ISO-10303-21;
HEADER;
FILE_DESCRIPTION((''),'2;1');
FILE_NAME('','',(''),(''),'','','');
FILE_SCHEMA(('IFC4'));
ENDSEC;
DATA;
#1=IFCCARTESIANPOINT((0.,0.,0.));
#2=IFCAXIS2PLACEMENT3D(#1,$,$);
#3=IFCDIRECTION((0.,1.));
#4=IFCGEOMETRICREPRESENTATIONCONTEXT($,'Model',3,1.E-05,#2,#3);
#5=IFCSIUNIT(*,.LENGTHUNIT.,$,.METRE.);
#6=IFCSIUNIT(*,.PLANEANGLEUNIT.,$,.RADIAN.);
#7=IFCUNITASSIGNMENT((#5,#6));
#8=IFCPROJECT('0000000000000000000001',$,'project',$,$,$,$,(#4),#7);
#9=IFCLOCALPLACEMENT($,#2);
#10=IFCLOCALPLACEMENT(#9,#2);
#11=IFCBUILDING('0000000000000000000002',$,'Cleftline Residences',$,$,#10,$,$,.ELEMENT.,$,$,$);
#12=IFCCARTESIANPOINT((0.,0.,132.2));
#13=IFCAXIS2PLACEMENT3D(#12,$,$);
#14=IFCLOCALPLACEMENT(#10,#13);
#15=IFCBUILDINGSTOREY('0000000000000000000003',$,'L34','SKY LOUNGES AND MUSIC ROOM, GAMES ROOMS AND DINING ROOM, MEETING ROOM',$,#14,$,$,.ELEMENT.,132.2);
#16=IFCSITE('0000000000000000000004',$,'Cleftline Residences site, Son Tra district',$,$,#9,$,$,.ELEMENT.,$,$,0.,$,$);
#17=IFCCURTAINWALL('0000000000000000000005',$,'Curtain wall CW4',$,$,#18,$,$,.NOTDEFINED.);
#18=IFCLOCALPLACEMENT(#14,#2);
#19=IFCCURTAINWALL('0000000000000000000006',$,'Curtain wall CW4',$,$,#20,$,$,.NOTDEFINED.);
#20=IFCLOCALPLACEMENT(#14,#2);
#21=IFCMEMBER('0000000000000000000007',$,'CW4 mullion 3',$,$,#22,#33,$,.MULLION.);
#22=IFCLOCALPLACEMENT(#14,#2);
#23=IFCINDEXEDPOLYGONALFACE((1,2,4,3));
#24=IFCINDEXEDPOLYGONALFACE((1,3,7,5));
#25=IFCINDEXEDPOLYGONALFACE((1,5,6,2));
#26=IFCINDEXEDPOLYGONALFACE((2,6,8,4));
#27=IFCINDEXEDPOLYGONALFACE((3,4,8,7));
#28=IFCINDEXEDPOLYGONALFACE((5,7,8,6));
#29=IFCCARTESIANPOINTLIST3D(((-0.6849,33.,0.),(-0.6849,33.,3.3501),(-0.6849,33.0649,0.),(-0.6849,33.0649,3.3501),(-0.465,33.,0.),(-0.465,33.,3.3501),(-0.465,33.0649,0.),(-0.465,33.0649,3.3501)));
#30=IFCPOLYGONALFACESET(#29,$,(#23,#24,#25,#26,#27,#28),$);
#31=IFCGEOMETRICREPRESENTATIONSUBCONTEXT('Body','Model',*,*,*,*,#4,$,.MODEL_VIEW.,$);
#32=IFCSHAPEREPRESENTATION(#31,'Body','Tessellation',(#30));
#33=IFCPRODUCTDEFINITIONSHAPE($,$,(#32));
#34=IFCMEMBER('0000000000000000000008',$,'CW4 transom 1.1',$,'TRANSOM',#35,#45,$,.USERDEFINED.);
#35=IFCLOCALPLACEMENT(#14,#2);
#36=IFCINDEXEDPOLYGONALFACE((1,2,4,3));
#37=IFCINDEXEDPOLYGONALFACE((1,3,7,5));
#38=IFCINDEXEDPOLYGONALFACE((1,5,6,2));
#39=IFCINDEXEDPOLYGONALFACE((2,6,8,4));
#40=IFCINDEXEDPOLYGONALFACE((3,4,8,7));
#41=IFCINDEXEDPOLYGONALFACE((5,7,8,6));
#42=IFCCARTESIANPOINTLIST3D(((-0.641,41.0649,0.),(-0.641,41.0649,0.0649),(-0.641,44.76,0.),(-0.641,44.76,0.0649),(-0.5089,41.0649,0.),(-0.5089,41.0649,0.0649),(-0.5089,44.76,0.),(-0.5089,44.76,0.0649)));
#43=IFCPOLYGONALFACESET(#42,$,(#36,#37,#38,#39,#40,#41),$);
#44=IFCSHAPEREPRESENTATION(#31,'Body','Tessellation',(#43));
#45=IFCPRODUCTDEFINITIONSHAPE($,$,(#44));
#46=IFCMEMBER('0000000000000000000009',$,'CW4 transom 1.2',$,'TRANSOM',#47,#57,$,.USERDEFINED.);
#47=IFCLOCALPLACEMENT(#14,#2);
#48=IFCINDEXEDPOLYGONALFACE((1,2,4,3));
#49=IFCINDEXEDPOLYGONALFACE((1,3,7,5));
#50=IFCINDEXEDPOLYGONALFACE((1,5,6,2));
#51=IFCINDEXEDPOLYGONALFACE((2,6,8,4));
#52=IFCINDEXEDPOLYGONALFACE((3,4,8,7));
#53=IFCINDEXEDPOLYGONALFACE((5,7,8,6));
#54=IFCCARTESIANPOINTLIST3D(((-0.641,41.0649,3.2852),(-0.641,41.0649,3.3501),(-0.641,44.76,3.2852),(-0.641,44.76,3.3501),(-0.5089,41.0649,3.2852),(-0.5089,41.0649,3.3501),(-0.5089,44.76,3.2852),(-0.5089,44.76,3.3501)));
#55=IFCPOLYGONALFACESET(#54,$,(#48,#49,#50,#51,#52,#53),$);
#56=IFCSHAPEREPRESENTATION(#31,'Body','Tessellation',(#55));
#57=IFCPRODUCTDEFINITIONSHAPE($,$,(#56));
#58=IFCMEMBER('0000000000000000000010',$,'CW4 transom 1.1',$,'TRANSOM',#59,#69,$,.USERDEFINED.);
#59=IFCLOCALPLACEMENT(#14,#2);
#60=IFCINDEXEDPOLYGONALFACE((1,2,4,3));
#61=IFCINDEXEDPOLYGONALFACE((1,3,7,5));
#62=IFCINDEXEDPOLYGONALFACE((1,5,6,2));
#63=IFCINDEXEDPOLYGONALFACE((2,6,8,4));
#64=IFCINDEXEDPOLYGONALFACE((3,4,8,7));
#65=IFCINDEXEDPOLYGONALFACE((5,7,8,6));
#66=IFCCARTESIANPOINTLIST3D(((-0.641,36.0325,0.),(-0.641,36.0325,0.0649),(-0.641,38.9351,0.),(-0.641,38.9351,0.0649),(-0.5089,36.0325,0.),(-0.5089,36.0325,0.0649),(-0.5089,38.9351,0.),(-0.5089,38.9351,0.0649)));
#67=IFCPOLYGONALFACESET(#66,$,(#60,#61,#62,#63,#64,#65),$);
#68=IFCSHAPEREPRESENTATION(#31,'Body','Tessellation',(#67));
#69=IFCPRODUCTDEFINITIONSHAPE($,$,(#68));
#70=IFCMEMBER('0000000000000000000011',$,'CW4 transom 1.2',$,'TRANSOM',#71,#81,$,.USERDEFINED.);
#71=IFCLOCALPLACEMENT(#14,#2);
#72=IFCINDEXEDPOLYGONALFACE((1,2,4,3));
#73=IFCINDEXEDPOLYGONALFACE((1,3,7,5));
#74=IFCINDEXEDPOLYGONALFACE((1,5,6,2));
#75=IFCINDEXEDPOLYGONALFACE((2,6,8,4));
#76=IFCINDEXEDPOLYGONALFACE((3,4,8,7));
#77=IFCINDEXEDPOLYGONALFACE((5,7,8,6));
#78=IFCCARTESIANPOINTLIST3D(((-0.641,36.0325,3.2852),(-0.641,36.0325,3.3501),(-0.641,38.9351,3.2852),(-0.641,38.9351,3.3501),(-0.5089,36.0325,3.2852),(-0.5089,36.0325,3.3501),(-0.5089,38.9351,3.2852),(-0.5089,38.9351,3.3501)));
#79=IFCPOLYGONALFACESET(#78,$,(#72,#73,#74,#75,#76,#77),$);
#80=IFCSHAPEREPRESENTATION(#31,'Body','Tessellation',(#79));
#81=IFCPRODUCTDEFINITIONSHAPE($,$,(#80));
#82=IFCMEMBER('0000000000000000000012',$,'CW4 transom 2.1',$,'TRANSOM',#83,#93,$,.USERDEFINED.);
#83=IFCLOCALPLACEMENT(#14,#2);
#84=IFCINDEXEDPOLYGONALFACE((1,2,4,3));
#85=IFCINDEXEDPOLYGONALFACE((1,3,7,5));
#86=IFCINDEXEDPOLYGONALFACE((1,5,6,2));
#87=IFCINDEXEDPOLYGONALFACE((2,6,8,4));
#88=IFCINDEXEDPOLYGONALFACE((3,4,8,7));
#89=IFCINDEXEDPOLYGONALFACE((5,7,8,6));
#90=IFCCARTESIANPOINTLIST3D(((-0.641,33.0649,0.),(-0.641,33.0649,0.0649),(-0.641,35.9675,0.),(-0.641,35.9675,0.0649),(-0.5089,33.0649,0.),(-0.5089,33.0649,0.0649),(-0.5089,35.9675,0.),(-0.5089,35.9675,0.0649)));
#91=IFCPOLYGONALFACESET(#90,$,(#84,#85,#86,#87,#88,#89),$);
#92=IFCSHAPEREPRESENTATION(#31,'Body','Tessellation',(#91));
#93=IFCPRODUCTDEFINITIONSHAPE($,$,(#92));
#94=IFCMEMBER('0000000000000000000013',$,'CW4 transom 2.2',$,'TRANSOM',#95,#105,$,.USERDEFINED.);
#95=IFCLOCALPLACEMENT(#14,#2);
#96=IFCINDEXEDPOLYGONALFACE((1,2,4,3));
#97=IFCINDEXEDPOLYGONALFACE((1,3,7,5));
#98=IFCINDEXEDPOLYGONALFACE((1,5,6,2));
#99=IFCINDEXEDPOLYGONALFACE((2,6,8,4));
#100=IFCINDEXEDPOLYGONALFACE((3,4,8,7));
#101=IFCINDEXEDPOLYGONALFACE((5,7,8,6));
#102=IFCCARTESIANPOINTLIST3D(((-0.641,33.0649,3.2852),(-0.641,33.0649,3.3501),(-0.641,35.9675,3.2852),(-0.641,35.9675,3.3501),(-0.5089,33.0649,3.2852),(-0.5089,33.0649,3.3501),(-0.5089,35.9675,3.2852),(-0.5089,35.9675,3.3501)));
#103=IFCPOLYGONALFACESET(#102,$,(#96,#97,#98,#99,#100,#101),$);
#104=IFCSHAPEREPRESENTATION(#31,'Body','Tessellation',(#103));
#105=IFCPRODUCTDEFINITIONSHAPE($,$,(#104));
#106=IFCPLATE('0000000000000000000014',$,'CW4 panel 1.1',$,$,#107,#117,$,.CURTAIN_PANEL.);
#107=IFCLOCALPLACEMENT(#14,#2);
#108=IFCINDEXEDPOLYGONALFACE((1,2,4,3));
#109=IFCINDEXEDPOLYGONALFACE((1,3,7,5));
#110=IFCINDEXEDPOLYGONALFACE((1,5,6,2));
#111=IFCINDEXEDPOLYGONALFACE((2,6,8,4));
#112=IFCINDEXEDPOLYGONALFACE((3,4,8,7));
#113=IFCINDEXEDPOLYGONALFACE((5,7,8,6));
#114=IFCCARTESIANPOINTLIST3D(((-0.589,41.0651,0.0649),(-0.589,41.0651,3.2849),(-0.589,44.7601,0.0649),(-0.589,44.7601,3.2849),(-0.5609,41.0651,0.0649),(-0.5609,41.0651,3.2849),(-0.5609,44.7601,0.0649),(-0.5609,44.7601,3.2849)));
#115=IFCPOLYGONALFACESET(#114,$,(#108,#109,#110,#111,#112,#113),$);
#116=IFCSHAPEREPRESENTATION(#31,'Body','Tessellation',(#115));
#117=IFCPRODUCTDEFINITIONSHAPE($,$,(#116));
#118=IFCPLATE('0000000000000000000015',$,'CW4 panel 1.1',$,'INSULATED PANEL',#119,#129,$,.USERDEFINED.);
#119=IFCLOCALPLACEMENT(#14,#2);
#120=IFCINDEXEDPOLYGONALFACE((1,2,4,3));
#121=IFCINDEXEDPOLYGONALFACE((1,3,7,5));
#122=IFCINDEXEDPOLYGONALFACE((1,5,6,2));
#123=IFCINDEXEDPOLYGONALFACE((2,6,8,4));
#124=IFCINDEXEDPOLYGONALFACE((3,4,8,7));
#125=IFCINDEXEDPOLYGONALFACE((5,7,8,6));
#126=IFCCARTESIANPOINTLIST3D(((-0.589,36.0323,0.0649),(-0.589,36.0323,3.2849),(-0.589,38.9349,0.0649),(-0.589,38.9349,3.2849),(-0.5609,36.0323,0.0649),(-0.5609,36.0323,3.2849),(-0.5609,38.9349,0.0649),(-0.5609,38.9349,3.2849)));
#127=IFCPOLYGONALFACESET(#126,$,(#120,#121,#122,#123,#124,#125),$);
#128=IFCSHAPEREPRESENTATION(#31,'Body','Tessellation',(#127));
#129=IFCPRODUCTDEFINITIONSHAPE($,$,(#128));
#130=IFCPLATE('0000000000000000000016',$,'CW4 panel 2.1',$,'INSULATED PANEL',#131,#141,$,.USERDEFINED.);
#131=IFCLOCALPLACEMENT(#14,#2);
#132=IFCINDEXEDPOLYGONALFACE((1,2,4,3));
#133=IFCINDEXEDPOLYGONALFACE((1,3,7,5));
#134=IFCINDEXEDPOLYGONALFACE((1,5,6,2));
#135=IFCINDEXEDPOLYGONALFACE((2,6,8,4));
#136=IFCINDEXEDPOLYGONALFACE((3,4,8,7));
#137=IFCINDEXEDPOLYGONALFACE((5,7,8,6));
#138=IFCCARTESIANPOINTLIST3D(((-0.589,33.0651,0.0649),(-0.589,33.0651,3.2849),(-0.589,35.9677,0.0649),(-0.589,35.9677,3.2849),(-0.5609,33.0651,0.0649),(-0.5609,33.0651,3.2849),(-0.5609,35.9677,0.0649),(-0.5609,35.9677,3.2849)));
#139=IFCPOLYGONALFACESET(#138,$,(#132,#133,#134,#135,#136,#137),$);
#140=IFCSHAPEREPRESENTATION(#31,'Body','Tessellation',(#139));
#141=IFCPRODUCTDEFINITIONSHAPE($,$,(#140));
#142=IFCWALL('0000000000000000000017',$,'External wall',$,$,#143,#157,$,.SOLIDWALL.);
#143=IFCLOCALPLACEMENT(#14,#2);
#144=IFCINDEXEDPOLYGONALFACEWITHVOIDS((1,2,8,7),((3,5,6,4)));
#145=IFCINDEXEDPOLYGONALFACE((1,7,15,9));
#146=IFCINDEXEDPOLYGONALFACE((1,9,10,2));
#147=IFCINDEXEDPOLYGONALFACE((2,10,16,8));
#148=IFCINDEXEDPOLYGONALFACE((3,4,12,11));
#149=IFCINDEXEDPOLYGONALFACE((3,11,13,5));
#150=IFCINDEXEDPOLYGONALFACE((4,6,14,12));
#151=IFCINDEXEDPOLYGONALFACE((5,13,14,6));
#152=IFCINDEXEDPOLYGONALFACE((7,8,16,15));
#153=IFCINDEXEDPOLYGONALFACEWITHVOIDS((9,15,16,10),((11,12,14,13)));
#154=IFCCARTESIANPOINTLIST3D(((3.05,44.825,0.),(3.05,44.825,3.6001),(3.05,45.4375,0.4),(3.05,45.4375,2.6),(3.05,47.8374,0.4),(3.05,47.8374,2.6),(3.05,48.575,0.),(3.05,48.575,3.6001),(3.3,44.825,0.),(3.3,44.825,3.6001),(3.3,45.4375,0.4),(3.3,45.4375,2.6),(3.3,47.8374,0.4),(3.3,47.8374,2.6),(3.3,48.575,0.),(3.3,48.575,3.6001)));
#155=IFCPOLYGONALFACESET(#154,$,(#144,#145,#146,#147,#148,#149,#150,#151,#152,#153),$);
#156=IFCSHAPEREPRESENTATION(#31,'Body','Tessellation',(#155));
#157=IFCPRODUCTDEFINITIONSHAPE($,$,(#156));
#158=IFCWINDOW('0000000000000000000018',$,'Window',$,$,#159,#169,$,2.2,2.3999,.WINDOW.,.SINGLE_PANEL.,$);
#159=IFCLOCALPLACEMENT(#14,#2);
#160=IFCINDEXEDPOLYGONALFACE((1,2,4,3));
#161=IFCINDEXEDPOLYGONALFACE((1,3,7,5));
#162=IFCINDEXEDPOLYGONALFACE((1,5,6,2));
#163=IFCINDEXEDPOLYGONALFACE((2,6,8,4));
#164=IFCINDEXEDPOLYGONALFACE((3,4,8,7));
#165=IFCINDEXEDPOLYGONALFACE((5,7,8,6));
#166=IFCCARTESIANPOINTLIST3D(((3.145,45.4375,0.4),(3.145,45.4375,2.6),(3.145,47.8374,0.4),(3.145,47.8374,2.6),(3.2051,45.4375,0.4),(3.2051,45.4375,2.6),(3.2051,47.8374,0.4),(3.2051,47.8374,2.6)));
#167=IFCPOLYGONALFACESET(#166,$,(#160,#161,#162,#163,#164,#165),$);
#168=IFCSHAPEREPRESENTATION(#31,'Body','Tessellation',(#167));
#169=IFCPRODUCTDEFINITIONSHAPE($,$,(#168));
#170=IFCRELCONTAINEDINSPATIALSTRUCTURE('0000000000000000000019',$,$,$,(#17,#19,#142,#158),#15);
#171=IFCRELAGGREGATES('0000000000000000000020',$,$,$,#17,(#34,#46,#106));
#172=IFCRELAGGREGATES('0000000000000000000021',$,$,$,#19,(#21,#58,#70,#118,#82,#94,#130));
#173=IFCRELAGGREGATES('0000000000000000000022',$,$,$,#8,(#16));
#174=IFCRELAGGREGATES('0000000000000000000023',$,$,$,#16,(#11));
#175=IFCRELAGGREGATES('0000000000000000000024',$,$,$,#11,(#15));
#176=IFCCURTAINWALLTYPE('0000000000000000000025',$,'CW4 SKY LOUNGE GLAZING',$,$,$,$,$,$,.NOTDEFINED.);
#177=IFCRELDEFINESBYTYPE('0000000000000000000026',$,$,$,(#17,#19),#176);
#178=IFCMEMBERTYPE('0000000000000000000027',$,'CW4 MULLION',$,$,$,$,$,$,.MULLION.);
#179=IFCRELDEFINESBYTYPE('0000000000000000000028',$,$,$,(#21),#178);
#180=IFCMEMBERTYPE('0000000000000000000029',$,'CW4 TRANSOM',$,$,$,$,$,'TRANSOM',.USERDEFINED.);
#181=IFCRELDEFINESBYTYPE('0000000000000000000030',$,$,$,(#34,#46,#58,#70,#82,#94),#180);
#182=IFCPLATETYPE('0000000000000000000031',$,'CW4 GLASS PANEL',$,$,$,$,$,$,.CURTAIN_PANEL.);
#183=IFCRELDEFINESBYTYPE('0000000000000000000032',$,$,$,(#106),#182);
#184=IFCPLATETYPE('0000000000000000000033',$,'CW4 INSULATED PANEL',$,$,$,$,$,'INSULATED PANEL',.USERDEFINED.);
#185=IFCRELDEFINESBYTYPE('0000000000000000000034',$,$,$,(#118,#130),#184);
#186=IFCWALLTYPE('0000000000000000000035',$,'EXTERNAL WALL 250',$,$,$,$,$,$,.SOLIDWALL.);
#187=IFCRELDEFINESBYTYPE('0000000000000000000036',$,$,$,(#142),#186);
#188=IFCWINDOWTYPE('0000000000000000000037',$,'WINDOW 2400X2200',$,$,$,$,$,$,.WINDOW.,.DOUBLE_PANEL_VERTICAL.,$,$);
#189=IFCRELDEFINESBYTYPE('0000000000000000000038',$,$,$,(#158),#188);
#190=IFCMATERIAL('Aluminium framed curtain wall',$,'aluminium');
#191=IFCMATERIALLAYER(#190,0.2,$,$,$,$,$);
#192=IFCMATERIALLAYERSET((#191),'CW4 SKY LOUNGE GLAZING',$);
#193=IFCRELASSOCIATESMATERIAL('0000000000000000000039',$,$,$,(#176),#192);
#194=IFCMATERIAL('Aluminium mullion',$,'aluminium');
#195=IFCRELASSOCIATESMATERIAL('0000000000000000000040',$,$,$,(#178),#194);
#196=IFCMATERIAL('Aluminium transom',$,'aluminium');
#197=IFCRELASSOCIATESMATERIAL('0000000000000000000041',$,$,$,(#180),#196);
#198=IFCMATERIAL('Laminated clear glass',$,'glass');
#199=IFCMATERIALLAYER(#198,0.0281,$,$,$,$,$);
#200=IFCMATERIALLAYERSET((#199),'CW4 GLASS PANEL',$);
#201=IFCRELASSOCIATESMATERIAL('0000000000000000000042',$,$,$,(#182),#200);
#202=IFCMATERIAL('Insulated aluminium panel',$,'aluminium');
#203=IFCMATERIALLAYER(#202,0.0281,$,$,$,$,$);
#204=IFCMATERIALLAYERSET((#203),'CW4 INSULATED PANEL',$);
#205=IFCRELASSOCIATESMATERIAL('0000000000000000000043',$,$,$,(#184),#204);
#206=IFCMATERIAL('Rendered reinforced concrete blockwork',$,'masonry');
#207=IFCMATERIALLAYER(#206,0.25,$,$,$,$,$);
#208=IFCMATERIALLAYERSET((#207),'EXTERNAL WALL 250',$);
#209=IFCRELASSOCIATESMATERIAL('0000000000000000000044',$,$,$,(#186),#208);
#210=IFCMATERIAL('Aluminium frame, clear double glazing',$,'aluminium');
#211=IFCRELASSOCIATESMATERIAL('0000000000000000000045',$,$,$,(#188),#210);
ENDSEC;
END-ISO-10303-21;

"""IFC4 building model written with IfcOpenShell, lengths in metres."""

from ifc_helpers import new_model, si_unit, direction, frame, frame_2d, origin, origin_2d, place, context, subcontext, project, spatial, rectangle, extrude, material, layer, layer_set, material_profile, profile_set, type_object, element, fill, aggregate, save


model = new_model("IFC4")

# Units and contexts
model_context = context("Model", 3, precision=1e-05, world=origin(), true_north=direction((0.0, 1.0)))
body_context = subcontext(model_context, "Body", "Model", "MODEL_VIEW")
ifc_project = project(units=[si_unit("LENGTHUNIT", "METRE"), si_unit("PLANEANGLEUNIT", "RADIAN")], contexts=[model_context])

# Site, building, storey
site_placement = place(None, origin())
site = spatial("IfcSite", under=ifc_project, at=site_placement, Name="Cleftline Residences site, Son Tra district", CompositionType="ELEMENT", RefElevation=0.0)
building_placement = place(site_placement, origin())
building = spatial("IfcBuilding", under=site, at=building_placement, Name="Cleftline Residences", CompositionType="ELEMENT")
storey_placement = place(building_placement, frame((0.0, 0.0, 132.2)))
storey = spatial("IfcBuildingStorey", under=building, at=storey_placement, Name="L34", Description="SKY LOUNGES AND MUSIC ROOM, GAMES ROOMS AND DINING ROOM, MEETING ROOM", CompositionType="ELEMENT", Elevation=132.2)

# Curtain walls, member
ifc_material_1 = material(Name="Aluminium framed curtain wall", Category="aluminium")
ifc_layer_1 = layer(ifc_material_1, 0.2)
ifc_layer_set_1 = layer_set([ifc_layer_1], Name="CW4 SKY LOUNGE GLAZING")
curtain_wall_type = type_object("IfcCurtainWallType", Name="CW4 SKY LOUNGE GLAZING", PredefinedType="NOTDEFINED", material=ifc_layer_set_1)
curtain_wall_1_placement = place(storey_placement, origin())
curtain_wall_1 = element("IfcCurtainWall", 1, at=curtain_wall_1_placement, inside=storey, type_object=curtain_wall_type, Name="Curtain wall CW4", PredefinedType="NOTDEFINED")
ifc_material_2 = material(Name="Aluminium mullion", Category="aluminium")
ifc_material_profile_1 = material_profile(ifc_material_2, rectangle(XDim=0.22, YDim=0.0649, at=origin_2d()))
ifc_profile_set_1 = profile_set([ifc_material_profile_1], Name="Aluminium mullion")
member_type_1 = type_object("IfcMemberType", Name="CW4 MULLION", PredefinedType="MULLION", material=ifc_profile_set_1)
curtain_wall_2_placement = place(storey_placement, origin())
curtain_wall_2 = element("IfcCurtainWall", 2, at=curtain_wall_2_placement, inside=storey, type_object=curtain_wall_type, Name="Curtain wall CW4", PredefinedType="NOTDEFINED")
member_1_placement = place(storey_placement, frame((-0.575, 33.0325, 0.0), z_axis=(0.0, 0.0, 1.0), x_axis=(1.0, 0.0, 0.0)))
member_1 = element("IfcMember", 3, at=member_1_placement, type_object=member_type_1, Name="CW4 mullion 3", PredefinedType="MULLION", context=body_context, shape_type="SweptSolid", body=[
    extrude(rectangle(XDim=0.22, YDim=0.0649, at=origin_2d()), origin(), (0.0, 0.0, 1.0), 3.3501),
])

# Members
ifc_material_3 = material(Name="Aluminium transom", Category="aluminium")
ifc_material_profile_2 = material_profile(ifc_material_3, rectangle(XDim=0.1321, YDim=0.0649, at=origin_2d()))
ifc_profile_set_2 = profile_set([ifc_material_profile_2], Name="Aluminium transom")
member_type_2 = type_object("IfcMemberType", Name="CW4 TRANSOM", ElementType="TRANSOM", PredefinedType="USERDEFINED", material=ifc_profile_set_2)
member_2_placement = place(storey_placement, frame((-0.575, 44.76, 0.0325), z_axis=(0.0, -1.0, 0.0), x_axis=(1.0, 0.0, 0.0)))
member_2 = element("IfcMember", 4, at=member_2_placement, type_object=member_type_2, Name="CW4 transom 1.1", ObjectType="TRANSOM", PredefinedType="USERDEFINED", context=body_context, shape_type="SweptSolid", body=[
    extrude(rectangle(XDim=0.1321, YDim=0.0649, at=origin_2d()), origin(), (0.0, 0.0, 1.0), 3.6951),
])
member_3_placement = place(storey_placement, frame((-0.575, 44.76, 3.3176), z_axis=(0.0, -1.0, 0.0), x_axis=(1.0, 0.0, 0.0)))
member_3 = element("IfcMember", 5, at=member_3_placement, type_object=member_type_2, Name="CW4 transom 1.2", ObjectType="TRANSOM", PredefinedType="USERDEFINED", context=body_context, shape_type="SweptSolid", body=[
    extrude(rectangle(XDim=0.1321, YDim=0.0649, at=origin_2d()), origin(), (0.0, 0.0, 1.0), 3.6951),
])
member_4_placement = place(storey_placement, frame((-0.575, 38.9351, 0.0325), z_axis=(0.0, -1.0, 0.0), x_axis=(1.0, 0.0, 0.0)))
member_4 = element("IfcMember", 6, at=member_4_placement, type_object=member_type_2, Name="CW4 transom 1.1", ObjectType="TRANSOM", PredefinedType="USERDEFINED", context=body_context, shape_type="SweptSolid", body=[
    extrude(rectangle(XDim=0.1321, YDim=0.0649, at=origin_2d()), origin(), (0.0, 0.0, 1.0), 2.9026),
])
member_5_placement = place(storey_placement, frame((-0.575, 38.9351, 3.3176), z_axis=(0.0, -1.0, 0.0), x_axis=(1.0, 0.0, 0.0)))
member_5 = element("IfcMember", 7, at=member_5_placement, type_object=member_type_2, Name="CW4 transom 1.2", ObjectType="TRANSOM", PredefinedType="USERDEFINED", context=body_context, shape_type="SweptSolid", body=[
    extrude(rectangle(XDim=0.1321, YDim=0.0649, at=origin_2d()), origin(), (0.0, 0.0, 1.0), 2.9026),
])
member_6_placement = place(storey_placement, frame((-0.575, 35.9675, 0.0325), z_axis=(0.0, -1.0, 0.0), x_axis=(1.0, 0.0, 0.0)))
member_6 = element("IfcMember", 8, at=member_6_placement, type_object=member_type_2, Name="CW4 transom 2.1", ObjectType="TRANSOM", PredefinedType="USERDEFINED", context=body_context, shape_type="SweptSolid", body=[
    extrude(rectangle(XDim=0.1321, YDim=0.0649, at=origin_2d()), origin(), (0.0, 0.0, 1.0), 2.9026),
])
member_7_placement = place(storey_placement, frame((-0.575, 35.9675, 3.3176), z_axis=(0.0, -1.0, 0.0), x_axis=(1.0, 0.0, 0.0)))
member_7 = element("IfcMember", 9, at=member_7_placement, type_object=member_type_2, Name="CW4 transom 2.2", ObjectType="TRANSOM", PredefinedType="USERDEFINED", context=body_context, shape_type="SweptSolid", body=[
    extrude(rectangle(XDim=0.1321, YDim=0.0649, at=origin_2d()), origin(), (0.0, 0.0, 1.0), 2.9026),
])

# Plates
ifc_material_4 = material(Name="Laminated clear glass", Category="glass")
ifc_layer_2 = layer(ifc_material_4, 0.0281)
ifc_layer_set_2 = layer_set([ifc_layer_2], Name="CW4 GLASS PANEL")
plate_type_1 = type_object("IfcPlateType", Name="CW4 GLASS PANEL", PredefinedType="CURTAIN_PANEL", material=ifc_layer_set_2)
plate_1_placement = place(storey_placement, frame((-0.575, 42.9126, 0.0649), z_axis=(0.0, 0.0, 1.0), x_axis=(0.0, -1.0, 0.0)))
plate_1 = element("IfcPlate", 10, at=plate_1_placement, type_object=plate_type_1, Name="CW4 panel 1.1", PredefinedType="CURTAIN_PANEL", context=body_context, shape_type="SweptSolid", body=[
    extrude(rectangle(XDim=3.6951, YDim=0.0281, at=origin_2d()), origin(), (0.0, 0.0, 1.0), 3.22),
])
aggregate(curtain_wall_1, [member_2, member_3, plate_1])
ifc_material_5 = material(Name="Insulated aluminium panel", Category="aluminium")
ifc_layer_3 = layer(ifc_material_5, 0.0281)
ifc_layer_set_3 = layer_set([ifc_layer_3], Name="CW4 INSULATED PANEL")
plate_type_2 = type_object("IfcPlateType", Name="CW4 INSULATED PANEL", ElementType="INSULATED PANEL", PredefinedType="USERDEFINED", material=ifc_layer_set_3)
plate_2_placement = place(storey_placement, frame((-0.575, 37.4836, 0.0649), z_axis=(0.0, 0.0, 1.0), x_axis=(0.0, -1.0, 0.0)))
plate_2 = element("IfcPlate", 11, at=plate_2_placement, type_object=plate_type_2, Name="CW4 panel 1.1", ObjectType="INSULATED PANEL", PredefinedType="USERDEFINED", context=body_context, shape_type="SweptSolid", body=[
    extrude(rectangle(XDim=2.9026, YDim=0.0281, at=origin_2d()), origin(), (0.0, 0.0, 1.0), 3.22),
])
plate_3_placement = place(storey_placement, frame((-0.575, 34.5164, 0.0649), z_axis=(0.0, 0.0, 1.0), x_axis=(0.0, -1.0, 0.0)))
plate_3 = element("IfcPlate", 12, at=plate_3_placement, type_object=plate_type_2, Name="CW4 panel 2.1", ObjectType="INSULATED PANEL", PredefinedType="USERDEFINED", context=body_context, shape_type="SweptSolid", body=[
    extrude(rectangle(XDim=2.9026, YDim=0.0281, at=origin_2d()), origin(), (0.0, 0.0, 1.0), 3.22),
])
aggregate(curtain_wall_2, [member_1, member_4, member_5, plate_2, member_6, member_7, plate_3])

# Wall, opening, window
ifc_material_6 = material(Name="Rendered reinforced concrete blockwork", Category="masonry")
ifc_layer_4 = layer(ifc_material_6, 0.25)
ifc_layer_set_4 = layer_set([ifc_layer_4], Name="EXTERNAL WALL 250")
wall_type_1 = type_object("IfcWallType", Name="EXTERNAL WALL 250", PredefinedType="SOLIDWALL", material=ifc_layer_set_4)
wall_1_placement = place(storey_placement, frame((3.175, 48.575, 0.0), z_axis=(0.0, 0.0, 1.0), x_axis=(0.0, -1.0, 0.0)))
wall_1 = element("IfcWall", 13, at=wall_1_placement, inside=storey, type_object=wall_type_1, Name="External wall", PredefinedType="SOLIDWALL", context=body_context, shape_type="SweptSolid", body=[
    extrude(rectangle(XDim=3.75, YDim=0.25, at=frame_2d((1.875, 0.0))), origin(), (0.0, 0.0, 1.0), 3.6001),
])
opening_1_placement = place(wall_1_placement, frame((0.7375, 0.0, 0.3999)))
opening_1 = element("IfcOpeningElement", 14, at=opening_1_placement, cuts=wall_1, PredefinedType="OPENING", context=body_context, shape_type="SweptSolid", body=[
    extrude(rectangle(XDim=2.3999, YDim=2.2, at=frame_2d((1.2, 1.1001))), frame((0.0, 0.135, 0.0), z_axis=(0.0, -1.0, 0.0), x_axis=(1.0, 0.0, 0.0)), (0.0, 0.0, 1.0), 0.27),
])
ifc_material_7 = material(Name="Aluminium frame, clear double glazing", Category="aluminium")
window_type = type_object("IfcWindowType", Name="WINDOW 2400X2200", PartitioningType="DOUBLE_PANEL_VERTICAL", PredefinedType="WINDOW", material=ifc_material_7)
window_1_placement = place(opening_1_placement, origin())
window_1 = element("IfcWindow", 15, at=window_1_placement, inside=storey, type_object=window_type, Name="Window", OverallHeight=2.2, OverallWidth=2.3999, PartitioningType="SINGLE_PANEL", PredefinedType="WINDOW", context=body_context, shape_type="SweptSolid", body=[
    extrude(rectangle(XDim=2.3999, YDim=2.2, at=frame_2d((1.2, 1.1001))), frame((0.0, 0.03, 0.0), z_axis=(0.0, -1.0, 0.0), x_axis=(1.0, 0.0, 0.0)), (0.0, 0.0, 1.0), 0.0601),
])
fill(opening_1, window_1)

save(model, "model.ifc")
